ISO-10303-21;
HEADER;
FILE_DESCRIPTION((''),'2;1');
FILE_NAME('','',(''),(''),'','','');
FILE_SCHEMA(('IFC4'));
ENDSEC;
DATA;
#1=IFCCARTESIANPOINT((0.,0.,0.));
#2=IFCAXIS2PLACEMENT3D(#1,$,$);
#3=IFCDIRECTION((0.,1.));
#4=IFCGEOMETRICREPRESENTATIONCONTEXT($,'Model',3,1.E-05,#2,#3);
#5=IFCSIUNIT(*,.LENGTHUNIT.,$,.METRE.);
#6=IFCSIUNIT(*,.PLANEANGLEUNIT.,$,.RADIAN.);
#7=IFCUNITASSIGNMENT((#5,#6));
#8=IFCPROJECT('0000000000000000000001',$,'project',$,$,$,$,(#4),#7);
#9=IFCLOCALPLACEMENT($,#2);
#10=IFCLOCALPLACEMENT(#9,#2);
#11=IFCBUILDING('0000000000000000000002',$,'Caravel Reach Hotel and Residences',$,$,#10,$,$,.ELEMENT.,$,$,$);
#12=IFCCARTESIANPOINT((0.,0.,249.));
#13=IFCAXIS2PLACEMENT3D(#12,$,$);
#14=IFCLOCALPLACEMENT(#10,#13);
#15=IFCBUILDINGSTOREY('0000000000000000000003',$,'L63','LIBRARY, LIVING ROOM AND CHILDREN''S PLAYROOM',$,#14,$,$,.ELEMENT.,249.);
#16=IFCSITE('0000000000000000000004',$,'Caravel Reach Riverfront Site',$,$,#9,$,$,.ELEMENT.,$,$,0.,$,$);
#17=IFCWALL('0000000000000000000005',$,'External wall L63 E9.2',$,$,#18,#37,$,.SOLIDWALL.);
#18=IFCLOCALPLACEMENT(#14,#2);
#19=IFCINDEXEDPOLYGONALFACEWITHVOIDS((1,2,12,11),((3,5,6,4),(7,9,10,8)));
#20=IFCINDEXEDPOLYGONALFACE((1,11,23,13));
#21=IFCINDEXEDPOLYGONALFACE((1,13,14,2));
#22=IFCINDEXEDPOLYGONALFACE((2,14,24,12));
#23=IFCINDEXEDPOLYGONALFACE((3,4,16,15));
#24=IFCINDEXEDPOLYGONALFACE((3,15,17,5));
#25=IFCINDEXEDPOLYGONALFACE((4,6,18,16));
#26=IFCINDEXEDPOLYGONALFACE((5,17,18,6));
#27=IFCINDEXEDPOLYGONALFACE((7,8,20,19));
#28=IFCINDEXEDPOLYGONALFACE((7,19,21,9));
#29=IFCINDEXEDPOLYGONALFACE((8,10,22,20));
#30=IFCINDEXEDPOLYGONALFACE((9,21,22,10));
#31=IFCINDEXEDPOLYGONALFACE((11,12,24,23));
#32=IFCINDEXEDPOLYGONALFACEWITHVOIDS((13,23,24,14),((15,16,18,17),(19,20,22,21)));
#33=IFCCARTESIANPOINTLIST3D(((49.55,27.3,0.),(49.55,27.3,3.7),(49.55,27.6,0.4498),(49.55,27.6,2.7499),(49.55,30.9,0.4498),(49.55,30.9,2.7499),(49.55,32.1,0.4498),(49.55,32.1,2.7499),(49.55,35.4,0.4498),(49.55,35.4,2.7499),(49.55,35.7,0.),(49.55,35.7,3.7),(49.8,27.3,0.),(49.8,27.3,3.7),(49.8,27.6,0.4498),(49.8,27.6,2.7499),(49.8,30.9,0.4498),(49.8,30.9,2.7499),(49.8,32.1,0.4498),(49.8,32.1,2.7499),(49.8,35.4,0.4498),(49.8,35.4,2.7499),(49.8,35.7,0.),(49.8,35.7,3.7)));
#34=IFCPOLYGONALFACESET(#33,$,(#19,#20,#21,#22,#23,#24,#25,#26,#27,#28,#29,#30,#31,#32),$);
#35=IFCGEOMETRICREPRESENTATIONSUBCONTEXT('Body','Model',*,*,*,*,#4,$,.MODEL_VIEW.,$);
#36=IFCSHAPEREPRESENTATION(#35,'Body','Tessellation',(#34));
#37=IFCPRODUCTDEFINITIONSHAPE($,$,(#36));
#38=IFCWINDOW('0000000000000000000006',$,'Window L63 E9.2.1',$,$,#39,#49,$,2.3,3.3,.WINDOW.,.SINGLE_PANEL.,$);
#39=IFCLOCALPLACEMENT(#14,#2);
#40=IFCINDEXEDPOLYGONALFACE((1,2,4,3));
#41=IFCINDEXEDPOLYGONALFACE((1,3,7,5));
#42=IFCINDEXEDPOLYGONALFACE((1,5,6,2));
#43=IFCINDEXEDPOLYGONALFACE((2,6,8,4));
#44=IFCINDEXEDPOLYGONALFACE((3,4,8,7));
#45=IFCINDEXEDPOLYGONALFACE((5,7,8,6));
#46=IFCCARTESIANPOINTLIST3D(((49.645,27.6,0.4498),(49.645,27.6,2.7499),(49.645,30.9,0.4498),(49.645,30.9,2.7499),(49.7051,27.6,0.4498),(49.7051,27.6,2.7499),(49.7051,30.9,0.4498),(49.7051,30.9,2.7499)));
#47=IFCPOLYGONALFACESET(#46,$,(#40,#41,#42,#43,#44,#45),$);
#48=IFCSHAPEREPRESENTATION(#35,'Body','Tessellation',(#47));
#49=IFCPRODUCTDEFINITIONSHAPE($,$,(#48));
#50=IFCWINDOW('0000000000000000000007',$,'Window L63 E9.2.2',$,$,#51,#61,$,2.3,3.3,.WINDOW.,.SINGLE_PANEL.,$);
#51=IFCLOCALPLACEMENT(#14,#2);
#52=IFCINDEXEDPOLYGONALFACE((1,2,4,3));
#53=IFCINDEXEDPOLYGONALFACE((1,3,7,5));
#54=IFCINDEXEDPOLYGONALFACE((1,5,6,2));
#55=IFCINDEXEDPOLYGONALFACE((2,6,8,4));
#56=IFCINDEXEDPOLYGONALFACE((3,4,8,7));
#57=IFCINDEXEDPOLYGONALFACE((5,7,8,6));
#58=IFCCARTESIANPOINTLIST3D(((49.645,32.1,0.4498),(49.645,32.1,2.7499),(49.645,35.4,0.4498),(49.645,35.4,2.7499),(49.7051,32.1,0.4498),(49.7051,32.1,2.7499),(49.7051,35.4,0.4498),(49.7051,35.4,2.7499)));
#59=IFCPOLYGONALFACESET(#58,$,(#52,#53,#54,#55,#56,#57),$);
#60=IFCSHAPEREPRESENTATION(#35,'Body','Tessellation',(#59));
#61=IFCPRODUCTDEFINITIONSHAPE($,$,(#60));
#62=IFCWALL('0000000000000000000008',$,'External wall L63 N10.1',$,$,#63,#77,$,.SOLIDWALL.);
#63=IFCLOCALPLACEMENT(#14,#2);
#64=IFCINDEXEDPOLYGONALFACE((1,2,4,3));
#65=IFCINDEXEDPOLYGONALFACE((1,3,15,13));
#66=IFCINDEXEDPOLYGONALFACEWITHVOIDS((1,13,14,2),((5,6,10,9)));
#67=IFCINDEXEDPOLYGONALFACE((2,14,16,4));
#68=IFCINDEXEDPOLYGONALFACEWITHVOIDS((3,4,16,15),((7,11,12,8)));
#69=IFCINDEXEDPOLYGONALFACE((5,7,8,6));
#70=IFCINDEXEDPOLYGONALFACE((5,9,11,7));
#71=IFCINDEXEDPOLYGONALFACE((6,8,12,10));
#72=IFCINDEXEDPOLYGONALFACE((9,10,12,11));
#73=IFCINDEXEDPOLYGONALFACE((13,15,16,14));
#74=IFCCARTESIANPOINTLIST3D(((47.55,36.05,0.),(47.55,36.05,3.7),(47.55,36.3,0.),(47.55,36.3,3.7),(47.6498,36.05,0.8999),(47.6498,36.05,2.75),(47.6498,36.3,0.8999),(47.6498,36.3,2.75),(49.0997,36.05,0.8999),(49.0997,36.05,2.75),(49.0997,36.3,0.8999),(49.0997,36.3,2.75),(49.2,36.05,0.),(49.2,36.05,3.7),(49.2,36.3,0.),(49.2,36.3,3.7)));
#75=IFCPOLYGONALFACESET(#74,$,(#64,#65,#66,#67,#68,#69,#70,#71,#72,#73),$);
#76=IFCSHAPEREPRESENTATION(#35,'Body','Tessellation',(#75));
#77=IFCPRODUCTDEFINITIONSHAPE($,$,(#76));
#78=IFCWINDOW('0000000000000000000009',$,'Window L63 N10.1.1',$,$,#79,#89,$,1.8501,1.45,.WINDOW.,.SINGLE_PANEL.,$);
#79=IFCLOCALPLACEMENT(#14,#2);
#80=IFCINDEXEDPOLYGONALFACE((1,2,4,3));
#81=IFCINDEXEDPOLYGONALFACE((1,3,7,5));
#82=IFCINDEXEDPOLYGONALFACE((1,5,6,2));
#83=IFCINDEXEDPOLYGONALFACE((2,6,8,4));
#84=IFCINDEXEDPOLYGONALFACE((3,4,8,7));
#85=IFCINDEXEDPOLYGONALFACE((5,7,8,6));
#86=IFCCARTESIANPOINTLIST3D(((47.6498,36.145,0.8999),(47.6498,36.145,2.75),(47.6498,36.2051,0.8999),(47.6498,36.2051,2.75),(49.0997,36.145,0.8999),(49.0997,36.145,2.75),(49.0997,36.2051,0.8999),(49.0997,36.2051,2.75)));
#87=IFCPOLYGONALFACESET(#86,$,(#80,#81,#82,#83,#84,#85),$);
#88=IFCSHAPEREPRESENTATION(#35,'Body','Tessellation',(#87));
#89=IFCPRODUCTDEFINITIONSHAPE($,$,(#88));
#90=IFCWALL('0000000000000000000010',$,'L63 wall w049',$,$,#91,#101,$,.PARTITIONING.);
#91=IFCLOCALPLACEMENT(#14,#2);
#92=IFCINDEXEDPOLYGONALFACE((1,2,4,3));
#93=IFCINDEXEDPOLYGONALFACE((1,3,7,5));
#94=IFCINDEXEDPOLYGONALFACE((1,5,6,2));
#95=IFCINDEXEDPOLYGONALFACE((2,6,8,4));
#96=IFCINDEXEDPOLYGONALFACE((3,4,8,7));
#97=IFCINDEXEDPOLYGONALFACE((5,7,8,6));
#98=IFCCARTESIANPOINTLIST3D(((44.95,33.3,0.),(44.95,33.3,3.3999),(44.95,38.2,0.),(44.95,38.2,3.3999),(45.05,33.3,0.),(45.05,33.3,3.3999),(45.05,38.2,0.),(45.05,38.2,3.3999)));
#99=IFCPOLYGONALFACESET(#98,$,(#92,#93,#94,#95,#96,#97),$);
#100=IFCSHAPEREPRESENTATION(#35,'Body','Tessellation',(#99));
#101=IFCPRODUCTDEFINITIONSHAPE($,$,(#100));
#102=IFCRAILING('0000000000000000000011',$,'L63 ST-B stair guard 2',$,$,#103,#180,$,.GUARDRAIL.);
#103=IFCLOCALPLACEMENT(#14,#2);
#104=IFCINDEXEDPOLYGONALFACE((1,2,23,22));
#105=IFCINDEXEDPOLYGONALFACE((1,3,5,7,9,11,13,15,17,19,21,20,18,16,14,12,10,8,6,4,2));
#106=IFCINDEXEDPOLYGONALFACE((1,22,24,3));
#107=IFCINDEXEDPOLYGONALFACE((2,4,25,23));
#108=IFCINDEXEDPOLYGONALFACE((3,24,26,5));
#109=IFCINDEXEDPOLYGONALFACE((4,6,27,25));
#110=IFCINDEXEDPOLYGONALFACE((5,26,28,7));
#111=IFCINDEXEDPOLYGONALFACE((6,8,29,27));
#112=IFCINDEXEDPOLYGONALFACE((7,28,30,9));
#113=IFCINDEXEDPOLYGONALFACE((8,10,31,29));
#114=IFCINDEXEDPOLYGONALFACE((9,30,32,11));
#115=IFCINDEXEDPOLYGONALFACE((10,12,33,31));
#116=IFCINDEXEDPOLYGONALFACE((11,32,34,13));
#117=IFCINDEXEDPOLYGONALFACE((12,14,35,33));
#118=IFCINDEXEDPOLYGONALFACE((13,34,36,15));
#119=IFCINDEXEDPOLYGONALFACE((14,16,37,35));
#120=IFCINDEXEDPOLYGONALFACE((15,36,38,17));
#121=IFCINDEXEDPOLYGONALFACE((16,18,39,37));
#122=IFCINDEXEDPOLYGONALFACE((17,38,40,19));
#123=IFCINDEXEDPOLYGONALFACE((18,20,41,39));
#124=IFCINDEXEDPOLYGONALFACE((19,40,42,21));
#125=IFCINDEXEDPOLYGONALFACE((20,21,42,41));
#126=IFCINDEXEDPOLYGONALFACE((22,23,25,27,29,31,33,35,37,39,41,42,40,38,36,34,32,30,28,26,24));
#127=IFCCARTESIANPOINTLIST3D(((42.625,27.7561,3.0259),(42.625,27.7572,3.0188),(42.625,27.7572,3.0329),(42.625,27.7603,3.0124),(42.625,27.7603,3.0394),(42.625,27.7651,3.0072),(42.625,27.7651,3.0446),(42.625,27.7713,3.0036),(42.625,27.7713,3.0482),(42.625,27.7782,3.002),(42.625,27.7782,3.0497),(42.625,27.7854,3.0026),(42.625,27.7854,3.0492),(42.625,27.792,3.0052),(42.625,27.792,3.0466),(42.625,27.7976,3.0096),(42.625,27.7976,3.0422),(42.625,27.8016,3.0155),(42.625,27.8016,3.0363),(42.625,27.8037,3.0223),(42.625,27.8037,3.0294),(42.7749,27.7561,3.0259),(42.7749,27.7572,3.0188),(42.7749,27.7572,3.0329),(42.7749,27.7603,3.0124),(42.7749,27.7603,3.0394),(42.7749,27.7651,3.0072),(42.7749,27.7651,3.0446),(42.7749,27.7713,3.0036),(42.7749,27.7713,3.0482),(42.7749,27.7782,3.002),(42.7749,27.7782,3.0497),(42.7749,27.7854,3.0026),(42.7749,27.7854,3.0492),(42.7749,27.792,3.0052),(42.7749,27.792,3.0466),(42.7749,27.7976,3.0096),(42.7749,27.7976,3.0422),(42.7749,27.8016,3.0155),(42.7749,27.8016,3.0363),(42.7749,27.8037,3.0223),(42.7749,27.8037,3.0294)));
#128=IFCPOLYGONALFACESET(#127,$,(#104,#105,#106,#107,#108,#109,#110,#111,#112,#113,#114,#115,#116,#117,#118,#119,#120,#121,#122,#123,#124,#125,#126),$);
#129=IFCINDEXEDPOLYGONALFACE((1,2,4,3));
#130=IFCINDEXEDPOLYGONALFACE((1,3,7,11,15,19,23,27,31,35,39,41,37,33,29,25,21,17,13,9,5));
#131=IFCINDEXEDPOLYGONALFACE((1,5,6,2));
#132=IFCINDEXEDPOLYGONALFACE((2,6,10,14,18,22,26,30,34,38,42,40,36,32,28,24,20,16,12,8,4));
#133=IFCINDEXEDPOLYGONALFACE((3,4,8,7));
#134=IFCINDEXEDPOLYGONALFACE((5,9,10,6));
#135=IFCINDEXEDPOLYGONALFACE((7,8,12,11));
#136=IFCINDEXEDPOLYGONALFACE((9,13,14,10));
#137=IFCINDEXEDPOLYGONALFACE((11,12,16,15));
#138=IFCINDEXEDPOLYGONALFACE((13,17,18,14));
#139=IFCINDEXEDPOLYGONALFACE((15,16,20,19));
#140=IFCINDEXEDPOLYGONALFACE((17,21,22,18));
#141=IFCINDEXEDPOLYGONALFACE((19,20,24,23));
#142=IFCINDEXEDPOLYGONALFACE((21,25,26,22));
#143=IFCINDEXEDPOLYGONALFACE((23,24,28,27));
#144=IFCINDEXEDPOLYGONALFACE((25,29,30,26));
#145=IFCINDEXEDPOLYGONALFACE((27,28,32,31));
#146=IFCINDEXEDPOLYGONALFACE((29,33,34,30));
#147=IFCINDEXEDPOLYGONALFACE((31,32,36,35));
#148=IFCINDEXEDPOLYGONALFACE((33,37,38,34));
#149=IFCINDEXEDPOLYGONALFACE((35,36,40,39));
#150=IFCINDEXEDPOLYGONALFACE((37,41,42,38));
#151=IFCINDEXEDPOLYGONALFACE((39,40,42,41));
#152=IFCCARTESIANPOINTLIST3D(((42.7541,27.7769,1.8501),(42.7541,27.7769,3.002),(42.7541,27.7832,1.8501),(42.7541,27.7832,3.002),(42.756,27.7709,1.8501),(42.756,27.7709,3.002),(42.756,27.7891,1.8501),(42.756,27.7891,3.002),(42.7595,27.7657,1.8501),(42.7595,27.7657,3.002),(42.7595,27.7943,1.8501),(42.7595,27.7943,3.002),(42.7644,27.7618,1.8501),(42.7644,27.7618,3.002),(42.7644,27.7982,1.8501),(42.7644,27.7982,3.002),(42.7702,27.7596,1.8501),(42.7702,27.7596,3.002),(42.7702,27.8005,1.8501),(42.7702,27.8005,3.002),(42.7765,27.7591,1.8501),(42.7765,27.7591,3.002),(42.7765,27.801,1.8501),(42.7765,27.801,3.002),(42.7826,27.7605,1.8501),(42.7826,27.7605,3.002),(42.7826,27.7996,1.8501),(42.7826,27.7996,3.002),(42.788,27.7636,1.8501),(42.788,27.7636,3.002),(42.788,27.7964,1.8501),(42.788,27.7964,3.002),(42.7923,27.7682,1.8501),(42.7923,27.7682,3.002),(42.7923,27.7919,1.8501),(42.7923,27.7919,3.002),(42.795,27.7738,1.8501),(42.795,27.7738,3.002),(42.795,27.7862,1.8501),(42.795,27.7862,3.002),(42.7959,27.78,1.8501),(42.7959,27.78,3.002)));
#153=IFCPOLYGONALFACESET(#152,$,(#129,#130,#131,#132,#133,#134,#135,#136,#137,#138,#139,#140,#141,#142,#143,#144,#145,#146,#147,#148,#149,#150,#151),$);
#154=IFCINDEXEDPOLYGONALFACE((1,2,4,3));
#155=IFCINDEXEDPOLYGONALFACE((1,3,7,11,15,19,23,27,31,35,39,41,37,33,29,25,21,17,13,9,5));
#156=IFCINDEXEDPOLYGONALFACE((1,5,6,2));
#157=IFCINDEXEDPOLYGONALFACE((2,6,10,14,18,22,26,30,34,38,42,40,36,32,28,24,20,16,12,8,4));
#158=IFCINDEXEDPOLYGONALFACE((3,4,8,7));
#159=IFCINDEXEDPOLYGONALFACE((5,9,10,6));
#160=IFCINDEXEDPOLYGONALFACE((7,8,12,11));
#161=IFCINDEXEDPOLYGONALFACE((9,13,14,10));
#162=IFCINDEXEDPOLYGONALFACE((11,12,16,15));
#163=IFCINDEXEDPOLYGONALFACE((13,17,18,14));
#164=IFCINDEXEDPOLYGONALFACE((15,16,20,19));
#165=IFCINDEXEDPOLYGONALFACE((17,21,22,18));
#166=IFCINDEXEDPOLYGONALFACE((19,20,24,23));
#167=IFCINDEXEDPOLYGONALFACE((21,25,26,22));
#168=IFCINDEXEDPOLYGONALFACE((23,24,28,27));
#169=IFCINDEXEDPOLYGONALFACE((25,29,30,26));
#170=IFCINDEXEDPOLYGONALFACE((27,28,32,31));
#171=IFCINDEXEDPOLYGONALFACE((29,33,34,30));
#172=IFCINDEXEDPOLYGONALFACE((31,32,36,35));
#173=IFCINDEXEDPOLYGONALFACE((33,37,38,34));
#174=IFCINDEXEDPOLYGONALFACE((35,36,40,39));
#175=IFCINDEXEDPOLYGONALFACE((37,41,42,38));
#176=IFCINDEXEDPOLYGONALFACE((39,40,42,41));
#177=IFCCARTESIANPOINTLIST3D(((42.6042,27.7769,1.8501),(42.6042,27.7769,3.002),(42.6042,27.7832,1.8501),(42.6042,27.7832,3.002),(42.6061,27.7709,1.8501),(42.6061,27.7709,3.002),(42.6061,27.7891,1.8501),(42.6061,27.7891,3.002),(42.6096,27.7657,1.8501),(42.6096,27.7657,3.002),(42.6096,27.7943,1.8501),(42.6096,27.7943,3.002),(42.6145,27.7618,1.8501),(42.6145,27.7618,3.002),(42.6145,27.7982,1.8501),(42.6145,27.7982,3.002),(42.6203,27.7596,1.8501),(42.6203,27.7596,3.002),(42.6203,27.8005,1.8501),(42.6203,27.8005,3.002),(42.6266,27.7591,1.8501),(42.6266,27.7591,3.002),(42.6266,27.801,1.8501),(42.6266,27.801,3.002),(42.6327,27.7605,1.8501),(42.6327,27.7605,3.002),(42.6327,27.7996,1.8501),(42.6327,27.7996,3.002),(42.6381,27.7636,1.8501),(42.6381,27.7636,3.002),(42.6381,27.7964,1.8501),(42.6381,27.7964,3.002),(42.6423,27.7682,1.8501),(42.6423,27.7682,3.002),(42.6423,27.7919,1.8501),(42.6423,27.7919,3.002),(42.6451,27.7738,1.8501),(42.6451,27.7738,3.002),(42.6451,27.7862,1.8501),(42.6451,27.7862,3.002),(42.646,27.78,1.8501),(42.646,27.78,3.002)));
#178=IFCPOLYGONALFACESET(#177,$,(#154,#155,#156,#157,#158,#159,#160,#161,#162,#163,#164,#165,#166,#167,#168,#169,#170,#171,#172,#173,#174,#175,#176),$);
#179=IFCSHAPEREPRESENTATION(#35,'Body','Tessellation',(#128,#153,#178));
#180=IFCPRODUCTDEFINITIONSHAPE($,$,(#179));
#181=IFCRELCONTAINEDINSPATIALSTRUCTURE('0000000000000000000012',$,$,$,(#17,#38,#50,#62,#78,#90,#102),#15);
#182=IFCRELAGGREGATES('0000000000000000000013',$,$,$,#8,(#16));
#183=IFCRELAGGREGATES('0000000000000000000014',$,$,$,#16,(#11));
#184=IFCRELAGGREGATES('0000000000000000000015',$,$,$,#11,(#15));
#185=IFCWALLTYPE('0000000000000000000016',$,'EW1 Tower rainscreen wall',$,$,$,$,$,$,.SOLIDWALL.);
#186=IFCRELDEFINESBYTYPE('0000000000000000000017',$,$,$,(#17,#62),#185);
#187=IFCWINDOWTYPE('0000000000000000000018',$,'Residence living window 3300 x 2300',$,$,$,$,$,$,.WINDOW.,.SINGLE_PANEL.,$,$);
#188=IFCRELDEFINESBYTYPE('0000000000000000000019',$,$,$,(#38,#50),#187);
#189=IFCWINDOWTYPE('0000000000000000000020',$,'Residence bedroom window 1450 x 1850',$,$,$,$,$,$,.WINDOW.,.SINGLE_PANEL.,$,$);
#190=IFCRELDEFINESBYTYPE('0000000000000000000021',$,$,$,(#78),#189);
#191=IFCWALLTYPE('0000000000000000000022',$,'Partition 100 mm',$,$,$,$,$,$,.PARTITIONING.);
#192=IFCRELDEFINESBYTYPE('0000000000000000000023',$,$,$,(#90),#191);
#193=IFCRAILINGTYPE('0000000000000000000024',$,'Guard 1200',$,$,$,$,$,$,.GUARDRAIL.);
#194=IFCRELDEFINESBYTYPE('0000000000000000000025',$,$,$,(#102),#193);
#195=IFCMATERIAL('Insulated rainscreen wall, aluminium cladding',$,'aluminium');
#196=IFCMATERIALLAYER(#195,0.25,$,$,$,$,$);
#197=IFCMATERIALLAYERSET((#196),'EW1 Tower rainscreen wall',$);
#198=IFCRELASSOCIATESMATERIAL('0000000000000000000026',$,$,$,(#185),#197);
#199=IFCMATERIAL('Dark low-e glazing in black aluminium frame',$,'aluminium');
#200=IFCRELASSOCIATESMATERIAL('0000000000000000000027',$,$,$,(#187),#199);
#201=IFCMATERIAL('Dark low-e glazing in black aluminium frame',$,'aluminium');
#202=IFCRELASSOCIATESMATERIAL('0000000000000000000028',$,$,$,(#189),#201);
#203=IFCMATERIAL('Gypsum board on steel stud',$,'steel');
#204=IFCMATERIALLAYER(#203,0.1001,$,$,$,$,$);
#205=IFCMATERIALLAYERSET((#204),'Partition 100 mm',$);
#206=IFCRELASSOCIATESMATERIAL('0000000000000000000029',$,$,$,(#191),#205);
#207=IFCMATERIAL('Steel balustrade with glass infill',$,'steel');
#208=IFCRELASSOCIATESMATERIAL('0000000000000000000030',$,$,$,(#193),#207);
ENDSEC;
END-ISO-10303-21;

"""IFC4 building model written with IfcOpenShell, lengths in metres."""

from ifc_helpers import new_model, si_unit, direction, frame, frame_2d, origin, origin_2d, place, context, subcontext, project, spatial, rectangle, circle, extrude, material, layer, layer_set, type_object, element, fill, save


model = new_model("IFC4")

# Units and contexts
model_context = context("Model", 3, precision=1e-05, world=origin(), true_north=direction((0.0, 1.0)))
body_context = subcontext(model_context, "Body", "Model", "MODEL_VIEW")
ifc_project = project(units=[si_unit("LENGTHUNIT", "METRE"), si_unit("PLANEANGLEUNIT", "RADIAN")], contexts=[model_context])

# Site, building, storey
site_placement = place(None, origin())
site = spatial("IfcSite", under=ifc_project, at=site_placement, Name="Caravel Reach Riverfront Site", CompositionType="ELEMENT", RefElevation=0.0)
building_placement = place(site_placement, origin())
building = spatial("IfcBuilding", under=site, at=building_placement, Name="Caravel Reach Hotel and Residences", CompositionType="ELEMENT")
storey_placement = place(building_placement, frame((0.0, 0.0, 249.0)))
storey = spatial("IfcBuildingStorey", under=building, at=storey_placement, Name="L63", Description="LIBRARY, LIVING ROOM AND CHILDREN'S PLAYROOM", CompositionType="ELEMENT", Elevation=249.0)

# Wall, openings, windows
ifc_material_1 = material(Name="Insulated rainscreen wall, aluminium cladding", Category="aluminium")
ifc_layer_1 = layer(ifc_material_1, 0.25)
ifc_layer_set_1 = layer_set([ifc_layer_1], Name="EW1 Tower rainscreen wall")
wall_type_1 = type_object("IfcWallType", Name="EW1 Tower rainscreen wall", PredefinedType="SOLIDWALL", material=ifc_layer_set_1)
wall_1_placement = place(storey_placement, frame((49.675, 27.3, 0.0), z_axis=(0.0, 0.0, 1.0), x_axis=(0.0, 1.0, 0.0)))
wall_1 = element("IfcWall", 1, at=wall_1_placement, inside=storey, type_object=wall_type_1, Name="External wall L63 E9.2", PredefinedType="SOLIDWALL", context=body_context, shape_type="SweptSolid", body=[
    extrude(rectangle(XDim=8.3999, YDim=0.25, at=frame_2d((4.2, 0.0))), origin(), (0.0, 0.0, 1.0), 3.7),
])
opening_1_placement = place(wall_1_placement, frame((0.3, 0.0, 0.45)))
opening_1 = element("IfcOpeningElement", 2, at=opening_1_placement, cuts=wall_1, PredefinedType="OPENING", context=body_context, shape_type="SweptSolid", body=[
    extrude(rectangle(XDim=3.3, YDim=2.3, at=frame_2d((1.6499, 1.1499))), frame((0.0, 0.135, 0.0), z_axis=(0.0, -1.0, 0.0), x_axis=(1.0, 0.0, 0.0)), (0.0, 0.0, 1.0), 0.27),
])
opening_2_placement = place(wall_1_placement, frame((4.8, 0.0, 0.45)))
opening_2 = element("IfcOpeningElement", 3, at=opening_2_placement, cuts=wall_1, PredefinedType="OPENING", context=body_context, shape_type="SweptSolid", body=[
    extrude(rectangle(XDim=3.3, YDim=2.3, at=frame_2d((1.6499, 1.1499))), frame((0.0, 0.135, 0.0), z_axis=(0.0, -1.0, 0.0), x_axis=(1.0, 0.0, 0.0)), (0.0, 0.0, 1.0), 0.27),
])
ifc_material_2 = material(Name="Dark low-e glazing in black aluminium frame", Category="aluminium")
window_type_1 = type_object("IfcWindowType", Name="Residence living window 3300 x 2300", PartitioningType="SINGLE_PANEL", PredefinedType="WINDOW", material=ifc_material_2)
window_1_placement = place(opening_1_placement, origin())
window_1 = element("IfcWindow", 4, at=window_1_placement, inside=storey, type_object=window_type_1, Name="Window L63 E9.2.1", OverallHeight=2.3, OverallWidth=3.3, PartitioningType="SINGLE_PANEL", PredefinedType="WINDOW", context=body_context, shape_type="SweptSolid", body=[
    extrude(rectangle(XDim=3.3, YDim=2.3, at=frame_2d((1.6499, 1.1499))), frame((0.0, 0.03, 0.0), z_axis=(0.0, -1.0, 0.0), x_axis=(1.0, 0.0, 0.0)), (0.0, 0.0, 1.0), 0.0601),
])
fill(opening_1, window_1)
window_2_placement = place(opening_2_placement, origin())
window_2 = element("IfcWindow", 5, at=window_2_placement, inside=storey, type_object=window_type_1, Name="Window L63 E9.2.2", OverallHeight=2.3, OverallWidth=3.3, PartitioningType="SINGLE_PANEL", PredefinedType="WINDOW", context=body_context, shape_type="SweptSolid", body=[
    extrude(rectangle(XDim=3.3, YDim=2.3, at=frame_2d((1.6499, 1.1499))), frame((0.0, 0.03, 0.0), z_axis=(0.0, -1.0, 0.0), x_axis=(1.0, 0.0, 0.0)), (0.0, 0.0, 1.0), 0.0601),
])
fill(opening_2, window_2)

# Wall, opening, window
wall_2_placement = place(storey_placement, frame((49.2, 36.175, 0.0), z_axis=(0.0, 0.0, 1.0), x_axis=(-1.0, 0.0, 0.0)))
wall_2 = element("IfcWall", 6, at=wall_2_placement, inside=storey, type_object=wall_type_1, Name="External wall L63 N10.1", PredefinedType="SOLIDWALL", context=body_context, shape_type="SweptSolid", body=[
    extrude(rectangle(XDim=1.6499, YDim=0.25, at=frame_2d((0.825, 0.0))), origin(), (0.0, 0.0, 1.0), 3.7),
])
opening_3_placement = place(wall_2_placement, frame((0.1001, 0.0, 0.8999)))
opening_3 = element("IfcOpeningElement", 7, at=opening_3_placement, cuts=wall_2, PredefinedType="OPENING", context=body_context, shape_type="SweptSolid", body=[
    extrude(rectangle(XDim=1.45, YDim=1.8501, at=frame_2d((0.7251, 0.925))), frame((0.0, 0.135, 0.0), z_axis=(0.0, -1.0, 0.0), x_axis=(1.0, 0.0, 0.0)), (0.0, 0.0, 1.0), 0.27),
])
ifc_material_3 = material(Name="Dark low-e glazing in black aluminium frame", Category="aluminium")
window_type_2 = type_object("IfcWindowType", Name="Residence bedroom window 1450 x 1850", PartitioningType="SINGLE_PANEL", PredefinedType="WINDOW", material=ifc_material_3)
window_3_placement = place(opening_3_placement, origin())
window_3 = element("IfcWindow", 8, at=window_3_placement, inside=storey, type_object=window_type_2, Name="Window L63 N10.1.1", OverallHeight=1.8501, OverallWidth=1.45, PartitioningType="SINGLE_PANEL", PredefinedType="WINDOW", context=body_context, shape_type="SweptSolid", body=[
    extrude(rectangle(XDim=1.45, YDim=1.8501, at=frame_2d((0.7251, 0.925))), frame((0.0, 0.03, 0.0), z_axis=(0.0, -1.0, 0.0), x_axis=(1.0, 0.0, 0.0)), (0.0, 0.0, 1.0), 0.0601),
])
fill(opening_3, window_3)

# Wall
ifc_material_4 = material(Name="Gypsum board on steel stud", Category="steel")
ifc_layer_2 = layer(ifc_material_4, 0.1001)
ifc_layer_set_2 = layer_set([ifc_layer_2], Name="Partition 100 mm")
wall_type_2 = type_object("IfcWallType", Name="Partition 100 mm", PredefinedType="PARTITIONING", material=ifc_layer_set_2)
wall_3_placement = place(storey_placement, frame((45.0, 33.3, 0.0), z_axis=(0.0, 0.0, 1.0), x_axis=(0.0, 1.0, 0.0)))
element("IfcWall", 9, at=wall_3_placement, inside=storey, type_object=wall_type_2, Name="L63 wall w049", PredefinedType="PARTITIONING", context=body_context, shape_type="SweptSolid", body=[
    extrude(rectangle(XDim=4.8999, YDim=0.1001, at=frame_2d((2.45, 0.0))), origin(), (0.0, 0.0, 1.0), 3.3999),
])

# Railing
ifc_material_5 = material(Name="Steel balustrade with glass infill", Category="steel")
railing_type_1 = type_object("IfcRailingType", Name="Guard 1200", PredefinedType="GUARDRAIL", material=ifc_material_5)
railing_1_placement = place(storey_placement, frame((42.7749, 27.78, 1.8501)))
element("IfcRailing", 10, at=railing_1_placement, inside=storey, type_object=railing_type_1, Name="L63 ST-B stair guard 2", PredefinedType="GUARDRAIL", context=body_context, shape_type="SweptSolid", body=[
    extrude(circle(Radius=0.0239, at=origin_2d()), frame((0.0, 0.0, 1.1758), z_axis=(-1.0, 0.0, 0.0), x_axis=(0.0, -1.0, 0.0)), (0.0, 0.0, 1.0), 0.1499),
    extrude(circle(Radius=0.021, at=origin_2d()), origin(), (0.0, 0.0, 1.0), 1.1519),
    extrude(circle(Radius=0.021, at=origin_2d()), frame((-0.1499, 0.0, 0.0)), (0.0, 0.0, 1.0), 1.1519),
])

save(model, "model.ifc")
